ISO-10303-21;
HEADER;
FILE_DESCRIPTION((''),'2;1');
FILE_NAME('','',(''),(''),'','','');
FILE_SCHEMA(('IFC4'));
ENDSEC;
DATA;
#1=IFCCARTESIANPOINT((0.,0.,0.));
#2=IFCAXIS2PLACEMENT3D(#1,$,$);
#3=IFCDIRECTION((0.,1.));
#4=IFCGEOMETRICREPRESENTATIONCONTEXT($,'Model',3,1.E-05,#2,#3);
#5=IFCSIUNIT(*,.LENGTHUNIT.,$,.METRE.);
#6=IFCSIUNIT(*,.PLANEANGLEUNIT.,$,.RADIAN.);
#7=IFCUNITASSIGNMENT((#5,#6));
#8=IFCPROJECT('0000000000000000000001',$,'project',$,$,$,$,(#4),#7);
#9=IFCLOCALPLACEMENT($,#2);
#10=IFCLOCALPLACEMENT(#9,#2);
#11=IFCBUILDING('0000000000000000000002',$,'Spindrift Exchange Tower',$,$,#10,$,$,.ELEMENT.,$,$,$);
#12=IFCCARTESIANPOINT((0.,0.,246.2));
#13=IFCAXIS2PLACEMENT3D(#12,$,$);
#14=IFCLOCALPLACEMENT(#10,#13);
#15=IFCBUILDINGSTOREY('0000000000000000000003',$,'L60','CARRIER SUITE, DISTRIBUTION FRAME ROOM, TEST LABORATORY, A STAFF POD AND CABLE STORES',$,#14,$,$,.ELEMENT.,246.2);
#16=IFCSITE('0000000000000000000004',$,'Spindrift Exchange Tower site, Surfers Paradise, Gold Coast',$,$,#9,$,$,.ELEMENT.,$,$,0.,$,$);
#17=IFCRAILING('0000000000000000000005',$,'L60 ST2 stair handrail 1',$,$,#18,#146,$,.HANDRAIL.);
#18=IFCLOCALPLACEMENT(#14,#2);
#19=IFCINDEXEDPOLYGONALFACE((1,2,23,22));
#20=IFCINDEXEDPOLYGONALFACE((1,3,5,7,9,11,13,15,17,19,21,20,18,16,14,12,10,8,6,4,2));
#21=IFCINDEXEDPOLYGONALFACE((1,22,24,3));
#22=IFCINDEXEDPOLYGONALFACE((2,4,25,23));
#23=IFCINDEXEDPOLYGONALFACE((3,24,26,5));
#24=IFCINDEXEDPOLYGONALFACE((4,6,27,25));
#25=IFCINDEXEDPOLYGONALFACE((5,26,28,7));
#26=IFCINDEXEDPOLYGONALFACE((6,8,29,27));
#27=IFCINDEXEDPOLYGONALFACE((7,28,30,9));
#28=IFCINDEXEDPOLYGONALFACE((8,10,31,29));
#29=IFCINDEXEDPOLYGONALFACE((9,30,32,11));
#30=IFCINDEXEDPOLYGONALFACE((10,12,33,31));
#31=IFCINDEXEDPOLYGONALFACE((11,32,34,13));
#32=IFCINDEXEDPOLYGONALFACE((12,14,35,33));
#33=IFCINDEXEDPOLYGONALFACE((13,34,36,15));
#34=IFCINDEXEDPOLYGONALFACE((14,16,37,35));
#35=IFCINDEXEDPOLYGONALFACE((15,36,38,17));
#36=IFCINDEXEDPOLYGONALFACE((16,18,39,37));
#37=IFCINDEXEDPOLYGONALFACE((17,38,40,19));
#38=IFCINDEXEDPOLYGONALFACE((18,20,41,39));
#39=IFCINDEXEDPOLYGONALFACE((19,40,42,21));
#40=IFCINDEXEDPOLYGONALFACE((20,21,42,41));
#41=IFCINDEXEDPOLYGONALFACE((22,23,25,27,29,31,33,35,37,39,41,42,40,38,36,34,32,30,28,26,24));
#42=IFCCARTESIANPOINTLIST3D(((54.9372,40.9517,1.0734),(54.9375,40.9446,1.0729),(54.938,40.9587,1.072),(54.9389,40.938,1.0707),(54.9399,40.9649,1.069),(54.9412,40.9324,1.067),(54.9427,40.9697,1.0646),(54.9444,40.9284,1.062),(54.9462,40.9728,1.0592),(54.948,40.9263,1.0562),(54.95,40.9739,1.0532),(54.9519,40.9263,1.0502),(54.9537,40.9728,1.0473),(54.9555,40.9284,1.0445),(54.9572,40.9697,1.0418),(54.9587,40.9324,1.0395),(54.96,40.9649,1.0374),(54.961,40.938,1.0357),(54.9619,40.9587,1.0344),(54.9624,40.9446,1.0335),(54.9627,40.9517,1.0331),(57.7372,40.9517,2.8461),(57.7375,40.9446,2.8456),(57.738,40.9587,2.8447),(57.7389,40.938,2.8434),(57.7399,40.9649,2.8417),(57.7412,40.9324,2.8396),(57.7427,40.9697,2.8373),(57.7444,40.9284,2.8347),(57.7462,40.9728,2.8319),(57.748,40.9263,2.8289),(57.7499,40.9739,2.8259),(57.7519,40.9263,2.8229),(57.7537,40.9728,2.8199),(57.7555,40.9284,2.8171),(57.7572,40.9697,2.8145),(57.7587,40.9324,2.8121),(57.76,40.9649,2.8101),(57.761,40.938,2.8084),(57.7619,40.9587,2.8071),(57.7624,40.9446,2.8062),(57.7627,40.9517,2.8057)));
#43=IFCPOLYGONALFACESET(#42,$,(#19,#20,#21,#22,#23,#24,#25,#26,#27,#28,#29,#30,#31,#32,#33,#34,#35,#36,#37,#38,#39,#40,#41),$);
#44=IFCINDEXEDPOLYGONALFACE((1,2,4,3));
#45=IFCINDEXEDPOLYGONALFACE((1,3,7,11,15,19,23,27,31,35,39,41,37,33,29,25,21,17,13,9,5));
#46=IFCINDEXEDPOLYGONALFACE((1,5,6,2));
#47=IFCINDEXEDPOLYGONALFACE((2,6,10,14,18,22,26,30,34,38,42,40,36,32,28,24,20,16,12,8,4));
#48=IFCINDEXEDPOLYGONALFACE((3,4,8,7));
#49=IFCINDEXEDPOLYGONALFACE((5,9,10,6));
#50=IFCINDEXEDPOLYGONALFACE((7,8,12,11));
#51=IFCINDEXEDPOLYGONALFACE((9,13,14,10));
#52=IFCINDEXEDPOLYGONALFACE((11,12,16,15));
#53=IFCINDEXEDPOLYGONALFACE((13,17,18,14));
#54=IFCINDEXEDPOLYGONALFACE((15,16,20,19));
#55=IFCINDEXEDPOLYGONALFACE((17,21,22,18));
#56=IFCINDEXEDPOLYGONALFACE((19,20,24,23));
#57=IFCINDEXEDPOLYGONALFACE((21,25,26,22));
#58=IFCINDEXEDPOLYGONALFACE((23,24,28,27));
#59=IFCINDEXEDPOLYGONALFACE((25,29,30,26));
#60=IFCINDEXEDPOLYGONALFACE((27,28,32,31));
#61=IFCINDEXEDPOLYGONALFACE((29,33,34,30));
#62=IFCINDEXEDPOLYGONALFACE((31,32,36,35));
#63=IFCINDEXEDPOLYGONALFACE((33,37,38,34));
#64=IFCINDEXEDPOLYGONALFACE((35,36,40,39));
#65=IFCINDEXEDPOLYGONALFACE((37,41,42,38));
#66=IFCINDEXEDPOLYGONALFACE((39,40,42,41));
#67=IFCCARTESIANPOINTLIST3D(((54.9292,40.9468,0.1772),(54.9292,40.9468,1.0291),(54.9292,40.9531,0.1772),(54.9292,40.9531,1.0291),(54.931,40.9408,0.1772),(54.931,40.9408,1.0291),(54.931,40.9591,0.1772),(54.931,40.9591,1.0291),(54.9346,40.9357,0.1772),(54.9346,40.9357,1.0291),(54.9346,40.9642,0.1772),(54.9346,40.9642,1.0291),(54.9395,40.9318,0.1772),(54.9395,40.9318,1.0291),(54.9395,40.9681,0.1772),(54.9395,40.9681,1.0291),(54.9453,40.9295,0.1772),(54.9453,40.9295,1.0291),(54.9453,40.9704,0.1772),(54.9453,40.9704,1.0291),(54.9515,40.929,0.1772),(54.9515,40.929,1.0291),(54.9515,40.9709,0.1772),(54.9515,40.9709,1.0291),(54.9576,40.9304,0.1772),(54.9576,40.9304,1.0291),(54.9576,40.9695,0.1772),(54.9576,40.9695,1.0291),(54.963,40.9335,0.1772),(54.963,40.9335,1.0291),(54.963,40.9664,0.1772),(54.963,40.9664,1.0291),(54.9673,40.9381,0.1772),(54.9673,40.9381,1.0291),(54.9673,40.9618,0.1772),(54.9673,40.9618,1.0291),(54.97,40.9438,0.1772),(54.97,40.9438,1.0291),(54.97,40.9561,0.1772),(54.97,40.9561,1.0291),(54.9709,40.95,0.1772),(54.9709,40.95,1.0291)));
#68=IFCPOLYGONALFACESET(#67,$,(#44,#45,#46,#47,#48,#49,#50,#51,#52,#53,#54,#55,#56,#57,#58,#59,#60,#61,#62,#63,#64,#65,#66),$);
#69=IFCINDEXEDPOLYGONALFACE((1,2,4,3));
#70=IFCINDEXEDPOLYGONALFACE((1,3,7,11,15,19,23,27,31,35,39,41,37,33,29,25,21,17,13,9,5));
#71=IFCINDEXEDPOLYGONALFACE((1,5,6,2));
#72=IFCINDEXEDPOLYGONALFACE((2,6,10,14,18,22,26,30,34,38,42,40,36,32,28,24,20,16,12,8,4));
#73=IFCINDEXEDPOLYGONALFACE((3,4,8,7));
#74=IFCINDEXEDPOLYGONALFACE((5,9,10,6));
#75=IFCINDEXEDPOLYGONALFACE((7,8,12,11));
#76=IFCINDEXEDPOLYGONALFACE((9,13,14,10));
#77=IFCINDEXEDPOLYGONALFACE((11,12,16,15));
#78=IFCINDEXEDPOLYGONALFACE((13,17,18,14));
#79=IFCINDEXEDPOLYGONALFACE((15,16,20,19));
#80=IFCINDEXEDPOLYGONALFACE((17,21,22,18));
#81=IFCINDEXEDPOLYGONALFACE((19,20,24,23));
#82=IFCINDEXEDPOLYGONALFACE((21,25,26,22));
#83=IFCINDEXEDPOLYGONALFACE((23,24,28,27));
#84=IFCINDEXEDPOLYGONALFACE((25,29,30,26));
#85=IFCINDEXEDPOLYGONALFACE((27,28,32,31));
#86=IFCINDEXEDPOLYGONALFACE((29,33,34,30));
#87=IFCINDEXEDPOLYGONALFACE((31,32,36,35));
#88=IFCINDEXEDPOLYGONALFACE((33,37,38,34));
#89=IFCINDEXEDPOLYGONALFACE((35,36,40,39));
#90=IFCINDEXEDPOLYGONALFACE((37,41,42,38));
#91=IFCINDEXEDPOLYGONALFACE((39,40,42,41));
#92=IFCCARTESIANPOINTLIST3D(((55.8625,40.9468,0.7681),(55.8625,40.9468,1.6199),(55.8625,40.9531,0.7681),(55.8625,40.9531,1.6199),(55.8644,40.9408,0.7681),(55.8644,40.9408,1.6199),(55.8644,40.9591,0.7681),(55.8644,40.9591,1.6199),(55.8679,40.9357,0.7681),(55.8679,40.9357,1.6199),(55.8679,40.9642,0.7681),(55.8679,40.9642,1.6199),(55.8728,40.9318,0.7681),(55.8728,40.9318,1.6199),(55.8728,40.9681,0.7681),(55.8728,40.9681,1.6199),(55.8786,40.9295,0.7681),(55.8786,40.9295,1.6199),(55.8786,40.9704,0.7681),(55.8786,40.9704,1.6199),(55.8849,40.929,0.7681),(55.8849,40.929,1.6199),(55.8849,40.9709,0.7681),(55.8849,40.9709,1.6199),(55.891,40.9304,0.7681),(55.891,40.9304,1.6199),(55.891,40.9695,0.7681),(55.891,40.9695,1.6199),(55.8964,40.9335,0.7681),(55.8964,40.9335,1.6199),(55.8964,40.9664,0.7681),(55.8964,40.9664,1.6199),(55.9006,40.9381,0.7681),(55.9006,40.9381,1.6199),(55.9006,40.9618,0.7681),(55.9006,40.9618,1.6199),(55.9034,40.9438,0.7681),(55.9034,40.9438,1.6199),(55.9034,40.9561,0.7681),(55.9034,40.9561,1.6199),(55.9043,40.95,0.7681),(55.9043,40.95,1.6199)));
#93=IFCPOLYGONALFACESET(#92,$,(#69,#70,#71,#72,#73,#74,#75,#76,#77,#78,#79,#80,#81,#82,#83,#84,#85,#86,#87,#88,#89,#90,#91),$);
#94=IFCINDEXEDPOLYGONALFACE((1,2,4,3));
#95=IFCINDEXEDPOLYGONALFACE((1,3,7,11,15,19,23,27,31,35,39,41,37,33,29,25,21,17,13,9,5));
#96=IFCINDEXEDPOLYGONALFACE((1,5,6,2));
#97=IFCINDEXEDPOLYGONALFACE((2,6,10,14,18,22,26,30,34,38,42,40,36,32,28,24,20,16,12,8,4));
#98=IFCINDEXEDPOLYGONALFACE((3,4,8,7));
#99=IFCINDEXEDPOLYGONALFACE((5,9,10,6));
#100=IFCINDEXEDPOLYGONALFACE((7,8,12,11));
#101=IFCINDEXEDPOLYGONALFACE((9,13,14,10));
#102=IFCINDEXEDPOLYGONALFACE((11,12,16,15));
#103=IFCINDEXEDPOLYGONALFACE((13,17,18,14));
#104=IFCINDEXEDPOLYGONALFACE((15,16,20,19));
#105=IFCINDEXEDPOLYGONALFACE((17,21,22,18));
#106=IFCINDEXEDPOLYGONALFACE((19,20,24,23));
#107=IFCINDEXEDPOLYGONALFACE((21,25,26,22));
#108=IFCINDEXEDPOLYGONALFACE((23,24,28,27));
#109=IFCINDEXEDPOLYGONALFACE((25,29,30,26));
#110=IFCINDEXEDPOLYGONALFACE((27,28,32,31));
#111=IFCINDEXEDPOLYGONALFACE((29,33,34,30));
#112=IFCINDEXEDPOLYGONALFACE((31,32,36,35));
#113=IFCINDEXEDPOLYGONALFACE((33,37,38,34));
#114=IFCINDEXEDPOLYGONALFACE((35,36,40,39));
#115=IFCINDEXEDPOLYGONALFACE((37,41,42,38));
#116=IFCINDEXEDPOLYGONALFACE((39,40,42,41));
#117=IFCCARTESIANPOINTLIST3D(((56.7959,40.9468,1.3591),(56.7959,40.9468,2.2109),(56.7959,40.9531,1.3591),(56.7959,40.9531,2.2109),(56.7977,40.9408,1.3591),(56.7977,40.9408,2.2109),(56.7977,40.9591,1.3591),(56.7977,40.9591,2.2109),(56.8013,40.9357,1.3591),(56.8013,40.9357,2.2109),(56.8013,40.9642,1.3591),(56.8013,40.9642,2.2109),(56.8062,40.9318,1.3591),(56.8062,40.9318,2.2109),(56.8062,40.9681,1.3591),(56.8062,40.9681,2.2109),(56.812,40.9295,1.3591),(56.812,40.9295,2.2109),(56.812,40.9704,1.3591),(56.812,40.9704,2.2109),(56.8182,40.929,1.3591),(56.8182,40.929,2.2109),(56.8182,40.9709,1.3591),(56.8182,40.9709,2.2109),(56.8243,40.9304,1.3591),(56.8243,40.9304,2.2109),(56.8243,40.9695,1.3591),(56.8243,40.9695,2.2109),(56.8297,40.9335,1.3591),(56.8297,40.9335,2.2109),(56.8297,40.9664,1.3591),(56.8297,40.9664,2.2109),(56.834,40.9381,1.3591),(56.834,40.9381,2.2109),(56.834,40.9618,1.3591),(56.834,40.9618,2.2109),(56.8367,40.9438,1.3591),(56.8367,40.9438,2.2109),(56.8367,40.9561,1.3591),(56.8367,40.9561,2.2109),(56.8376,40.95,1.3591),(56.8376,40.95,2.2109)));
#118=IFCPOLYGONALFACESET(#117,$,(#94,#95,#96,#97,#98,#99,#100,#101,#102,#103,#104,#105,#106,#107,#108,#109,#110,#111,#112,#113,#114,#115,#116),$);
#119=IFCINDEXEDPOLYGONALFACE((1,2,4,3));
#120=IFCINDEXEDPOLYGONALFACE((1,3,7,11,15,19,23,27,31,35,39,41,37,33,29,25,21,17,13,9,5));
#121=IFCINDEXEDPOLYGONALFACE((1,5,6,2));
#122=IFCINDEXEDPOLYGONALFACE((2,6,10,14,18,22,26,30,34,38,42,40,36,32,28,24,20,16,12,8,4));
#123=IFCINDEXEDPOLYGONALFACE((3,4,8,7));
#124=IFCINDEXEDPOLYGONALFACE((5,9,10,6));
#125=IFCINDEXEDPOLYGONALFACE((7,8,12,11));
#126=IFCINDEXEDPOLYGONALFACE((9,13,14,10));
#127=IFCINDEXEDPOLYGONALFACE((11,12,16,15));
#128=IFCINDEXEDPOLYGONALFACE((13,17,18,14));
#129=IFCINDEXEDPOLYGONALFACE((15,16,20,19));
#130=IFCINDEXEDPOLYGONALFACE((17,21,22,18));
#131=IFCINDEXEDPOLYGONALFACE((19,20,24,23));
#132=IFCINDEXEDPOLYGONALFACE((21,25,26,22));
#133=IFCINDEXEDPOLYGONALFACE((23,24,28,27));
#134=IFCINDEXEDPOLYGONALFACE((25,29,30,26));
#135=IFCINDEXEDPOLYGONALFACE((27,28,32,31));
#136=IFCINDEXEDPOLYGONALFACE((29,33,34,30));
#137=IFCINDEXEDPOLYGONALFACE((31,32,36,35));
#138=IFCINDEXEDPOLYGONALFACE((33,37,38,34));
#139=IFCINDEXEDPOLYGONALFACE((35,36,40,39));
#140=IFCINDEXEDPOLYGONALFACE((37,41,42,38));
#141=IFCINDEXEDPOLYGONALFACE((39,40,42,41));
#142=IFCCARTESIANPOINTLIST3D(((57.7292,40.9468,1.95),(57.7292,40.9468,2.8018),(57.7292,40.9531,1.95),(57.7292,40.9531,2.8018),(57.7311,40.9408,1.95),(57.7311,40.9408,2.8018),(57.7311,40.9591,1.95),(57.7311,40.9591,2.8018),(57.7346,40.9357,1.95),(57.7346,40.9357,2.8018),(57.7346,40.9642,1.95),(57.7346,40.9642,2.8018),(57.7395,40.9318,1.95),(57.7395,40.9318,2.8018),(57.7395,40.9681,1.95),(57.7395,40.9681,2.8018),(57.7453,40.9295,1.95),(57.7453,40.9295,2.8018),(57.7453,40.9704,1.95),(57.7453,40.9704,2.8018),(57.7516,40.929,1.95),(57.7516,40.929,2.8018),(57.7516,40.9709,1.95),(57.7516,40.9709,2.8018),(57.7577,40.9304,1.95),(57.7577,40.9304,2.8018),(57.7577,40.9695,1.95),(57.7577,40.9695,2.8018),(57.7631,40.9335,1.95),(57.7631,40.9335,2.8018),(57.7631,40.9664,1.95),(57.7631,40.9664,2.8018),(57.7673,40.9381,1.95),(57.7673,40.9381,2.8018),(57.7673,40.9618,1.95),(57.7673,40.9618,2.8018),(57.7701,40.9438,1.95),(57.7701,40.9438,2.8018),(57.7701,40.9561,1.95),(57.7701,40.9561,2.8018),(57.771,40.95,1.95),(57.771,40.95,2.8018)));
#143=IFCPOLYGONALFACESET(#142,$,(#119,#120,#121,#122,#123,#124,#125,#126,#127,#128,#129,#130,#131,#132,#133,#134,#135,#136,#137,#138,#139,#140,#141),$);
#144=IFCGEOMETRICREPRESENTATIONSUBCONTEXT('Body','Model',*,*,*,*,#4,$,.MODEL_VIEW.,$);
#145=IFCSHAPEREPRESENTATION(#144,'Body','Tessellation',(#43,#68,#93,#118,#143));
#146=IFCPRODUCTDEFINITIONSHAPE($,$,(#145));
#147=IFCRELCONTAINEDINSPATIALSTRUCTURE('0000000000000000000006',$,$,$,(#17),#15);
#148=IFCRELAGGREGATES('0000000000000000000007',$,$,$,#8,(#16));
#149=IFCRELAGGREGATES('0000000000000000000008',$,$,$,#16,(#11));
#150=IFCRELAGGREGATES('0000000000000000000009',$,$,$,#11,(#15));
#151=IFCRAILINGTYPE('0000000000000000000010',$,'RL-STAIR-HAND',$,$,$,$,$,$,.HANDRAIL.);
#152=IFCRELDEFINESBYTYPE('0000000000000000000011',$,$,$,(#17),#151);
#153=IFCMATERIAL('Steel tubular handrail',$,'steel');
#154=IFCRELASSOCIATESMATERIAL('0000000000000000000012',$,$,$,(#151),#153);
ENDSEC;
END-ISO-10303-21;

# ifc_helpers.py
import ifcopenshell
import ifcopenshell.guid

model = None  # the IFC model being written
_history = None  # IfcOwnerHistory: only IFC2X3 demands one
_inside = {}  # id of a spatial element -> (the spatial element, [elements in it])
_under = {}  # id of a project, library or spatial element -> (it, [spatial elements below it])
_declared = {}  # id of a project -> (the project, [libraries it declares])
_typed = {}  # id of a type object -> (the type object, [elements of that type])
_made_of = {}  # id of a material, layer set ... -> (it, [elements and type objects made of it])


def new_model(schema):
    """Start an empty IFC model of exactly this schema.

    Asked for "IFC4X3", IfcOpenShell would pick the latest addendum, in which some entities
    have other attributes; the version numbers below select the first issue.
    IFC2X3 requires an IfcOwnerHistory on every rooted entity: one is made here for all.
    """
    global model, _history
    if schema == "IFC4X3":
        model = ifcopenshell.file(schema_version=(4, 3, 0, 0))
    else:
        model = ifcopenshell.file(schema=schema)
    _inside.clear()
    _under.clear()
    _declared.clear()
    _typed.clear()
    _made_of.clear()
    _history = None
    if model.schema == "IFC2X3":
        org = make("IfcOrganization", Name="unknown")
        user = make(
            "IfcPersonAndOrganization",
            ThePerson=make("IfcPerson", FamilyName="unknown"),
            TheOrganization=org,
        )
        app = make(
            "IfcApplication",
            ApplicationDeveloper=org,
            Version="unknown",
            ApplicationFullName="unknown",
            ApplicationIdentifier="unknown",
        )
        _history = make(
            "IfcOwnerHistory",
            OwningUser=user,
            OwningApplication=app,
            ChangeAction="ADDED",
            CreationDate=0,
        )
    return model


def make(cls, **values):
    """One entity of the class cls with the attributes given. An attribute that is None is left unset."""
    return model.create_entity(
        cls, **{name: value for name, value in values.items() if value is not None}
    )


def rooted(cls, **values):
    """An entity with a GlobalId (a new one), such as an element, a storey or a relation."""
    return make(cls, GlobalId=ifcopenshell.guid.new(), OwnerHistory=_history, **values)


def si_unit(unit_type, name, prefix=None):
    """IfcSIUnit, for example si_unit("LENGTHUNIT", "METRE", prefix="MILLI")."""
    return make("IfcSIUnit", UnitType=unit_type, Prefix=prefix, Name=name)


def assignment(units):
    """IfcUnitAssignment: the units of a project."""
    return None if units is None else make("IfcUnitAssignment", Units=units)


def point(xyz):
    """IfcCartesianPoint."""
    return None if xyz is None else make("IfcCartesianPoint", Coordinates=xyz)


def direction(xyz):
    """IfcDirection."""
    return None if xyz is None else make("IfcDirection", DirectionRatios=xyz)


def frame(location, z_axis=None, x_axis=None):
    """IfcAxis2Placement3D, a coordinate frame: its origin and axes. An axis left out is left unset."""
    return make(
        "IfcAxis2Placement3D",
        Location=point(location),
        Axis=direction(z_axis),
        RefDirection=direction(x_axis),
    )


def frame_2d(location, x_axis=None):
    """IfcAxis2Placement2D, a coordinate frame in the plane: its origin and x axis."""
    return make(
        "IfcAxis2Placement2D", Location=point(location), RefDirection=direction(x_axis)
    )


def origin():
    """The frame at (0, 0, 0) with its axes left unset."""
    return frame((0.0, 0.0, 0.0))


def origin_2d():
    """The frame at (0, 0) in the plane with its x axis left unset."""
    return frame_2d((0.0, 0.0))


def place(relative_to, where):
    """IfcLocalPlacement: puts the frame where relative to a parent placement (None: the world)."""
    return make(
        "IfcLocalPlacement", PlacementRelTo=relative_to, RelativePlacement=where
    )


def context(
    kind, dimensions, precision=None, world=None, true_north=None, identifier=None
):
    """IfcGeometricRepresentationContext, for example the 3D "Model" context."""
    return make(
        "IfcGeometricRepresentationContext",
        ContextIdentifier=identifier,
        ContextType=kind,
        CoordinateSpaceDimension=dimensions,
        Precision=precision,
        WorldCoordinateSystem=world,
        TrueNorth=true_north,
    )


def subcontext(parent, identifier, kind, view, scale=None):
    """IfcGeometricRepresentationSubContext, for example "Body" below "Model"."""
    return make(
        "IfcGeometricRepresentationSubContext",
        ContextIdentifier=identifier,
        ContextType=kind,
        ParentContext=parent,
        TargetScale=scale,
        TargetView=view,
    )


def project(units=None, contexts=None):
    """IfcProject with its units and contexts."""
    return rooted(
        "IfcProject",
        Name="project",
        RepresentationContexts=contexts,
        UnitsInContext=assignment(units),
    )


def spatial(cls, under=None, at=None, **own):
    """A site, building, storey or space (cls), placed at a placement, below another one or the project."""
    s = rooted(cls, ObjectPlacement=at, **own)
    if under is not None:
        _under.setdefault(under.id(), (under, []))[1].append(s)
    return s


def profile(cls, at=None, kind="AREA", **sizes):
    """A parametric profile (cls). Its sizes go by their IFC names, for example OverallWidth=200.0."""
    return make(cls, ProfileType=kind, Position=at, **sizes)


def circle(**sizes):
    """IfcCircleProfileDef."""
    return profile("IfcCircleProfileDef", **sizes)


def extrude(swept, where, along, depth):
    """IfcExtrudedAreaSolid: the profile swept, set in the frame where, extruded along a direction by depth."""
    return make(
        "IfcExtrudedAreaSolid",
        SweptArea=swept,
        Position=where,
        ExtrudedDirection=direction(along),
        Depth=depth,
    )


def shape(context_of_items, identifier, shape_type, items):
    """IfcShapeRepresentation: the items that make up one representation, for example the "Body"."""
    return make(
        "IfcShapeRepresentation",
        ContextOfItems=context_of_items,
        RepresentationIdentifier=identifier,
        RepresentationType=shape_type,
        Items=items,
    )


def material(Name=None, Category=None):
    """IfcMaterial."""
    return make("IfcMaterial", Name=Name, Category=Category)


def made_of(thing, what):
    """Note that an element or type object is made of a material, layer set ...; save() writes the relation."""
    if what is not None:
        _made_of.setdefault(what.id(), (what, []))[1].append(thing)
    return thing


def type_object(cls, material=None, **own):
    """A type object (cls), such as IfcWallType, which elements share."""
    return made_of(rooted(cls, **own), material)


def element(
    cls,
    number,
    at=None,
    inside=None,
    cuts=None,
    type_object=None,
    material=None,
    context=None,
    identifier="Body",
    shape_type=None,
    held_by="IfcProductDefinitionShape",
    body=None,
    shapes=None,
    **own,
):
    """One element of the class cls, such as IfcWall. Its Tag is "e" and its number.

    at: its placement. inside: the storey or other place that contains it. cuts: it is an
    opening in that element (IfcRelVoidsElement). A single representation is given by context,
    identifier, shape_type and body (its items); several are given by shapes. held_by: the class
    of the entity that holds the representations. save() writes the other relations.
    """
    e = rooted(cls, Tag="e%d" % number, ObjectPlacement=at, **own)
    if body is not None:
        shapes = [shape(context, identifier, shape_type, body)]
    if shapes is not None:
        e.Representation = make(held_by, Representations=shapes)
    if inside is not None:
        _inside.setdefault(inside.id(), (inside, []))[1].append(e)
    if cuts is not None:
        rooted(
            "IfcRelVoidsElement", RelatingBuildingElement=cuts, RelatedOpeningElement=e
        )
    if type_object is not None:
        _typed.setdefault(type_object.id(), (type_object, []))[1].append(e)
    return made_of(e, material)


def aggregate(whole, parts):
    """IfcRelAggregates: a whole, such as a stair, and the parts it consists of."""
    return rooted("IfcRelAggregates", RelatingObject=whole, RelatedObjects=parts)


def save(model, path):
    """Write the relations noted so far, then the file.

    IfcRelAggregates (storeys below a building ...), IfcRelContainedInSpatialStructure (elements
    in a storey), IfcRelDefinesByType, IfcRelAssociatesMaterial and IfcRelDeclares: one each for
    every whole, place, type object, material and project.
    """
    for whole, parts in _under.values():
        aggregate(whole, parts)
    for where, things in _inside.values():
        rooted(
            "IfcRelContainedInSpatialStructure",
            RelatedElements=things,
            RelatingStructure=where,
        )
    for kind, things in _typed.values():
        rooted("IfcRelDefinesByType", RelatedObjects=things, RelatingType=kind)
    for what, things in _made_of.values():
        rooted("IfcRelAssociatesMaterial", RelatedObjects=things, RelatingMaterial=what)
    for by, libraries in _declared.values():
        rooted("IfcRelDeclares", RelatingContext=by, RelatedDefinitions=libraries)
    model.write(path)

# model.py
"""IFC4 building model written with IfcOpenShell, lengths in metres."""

from ifc_helpers import new_model, si_unit, direction, frame, origin, origin_2d, place, context, subcontext, project, spatial, circle, extrude, material, type_object, element, save


model = new_model("IFC4")

# Units and contexts
model_context = context("Model", 3, precision=1e-05, world=origin(), true_north=direction((0.0, 1.0)))
body_context = subcontext(model_context, "Body", "Model", "MODEL_VIEW")
ifc_project = project(units=[si_unit("LENGTHUNIT", "METRE"), si_unit("PLANEANGLEUNIT", "RADIAN")], contexts=[model_context])

# Site, building, storey
site_placement = place(None, origin())
site = spatial("IfcSite", under=ifc_project, at=site_placement, Name="Spindrift Exchange Tower site, Surfers Paradise, Gold Coast", CompositionType="ELEMENT", RefElevation=0.0)
building_placement = place(site_placement, origin())
building = spatial("IfcBuilding", under=site, at=building_placement, Name="Spindrift Exchange Tower", CompositionType="ELEMENT")
storey_placement = place(building_placement, frame((0.0, 0.0, 246.2)))
storey = spatial("IfcBuildingStorey", under=building, at=storey_placement, Name="L60", Description="CARRIER SUITE, DISTRIBUTION FRAME ROOM, TEST LABORATORY, A STAFF POD AND CABLE STORES", CompositionType="ELEMENT", Elevation=246.2)

# Railing
ifc_material_1 = material(Name="Steel tubular handrail", Category="steel")
railing_type_1 = type_object("IfcRailingType", Name="RL-STAIR-HAND", PredefinedType="HANDRAIL", material=ifc_material_1)
railing_1_placement = place(storey_placement, frame((54.95, 40.95, 0.1772)))
element("IfcRailing", 1, at=railing_1_placement, inside=storey, type_object=railing_type_1, Name="L60 ST2 stair handrail 1", PredefinedType="HANDRAIL", context=body_context, shape_type="SweptSolid", body=[
    extrude(circle(Radius=0.0239, at=origin_2d()), frame((0.0, 0.0, 0.876), z_axis=(0.844909, 0.0, 0.53491), x_axis=(0.0, 1.0, 0.0)), (0.0, 0.0, 1.0), 3.314),
    extrude(circle(Radius=0.021, at=origin_2d()), origin(), (0.0, 0.0, 1.0), 0.8518),
    extrude(circle(Radius=0.021, at=origin_2d()), frame((0.9333, 0.0, 0.5908)), (0.0, 0.0, 1.0), 0.8518),
    extrude(circle(Radius=0.021, at=origin_2d()), frame((1.8667, 0.0, 1.1819)), (0.0, 0.0, 1.0), 0.8518),
    extrude(circle(Radius=0.021, at=origin_2d()), frame((2.8, 0.0, 1.7727)), (0.0, 0.0, 1.0), 0.8518),
])

save(model, "model.ifc")
